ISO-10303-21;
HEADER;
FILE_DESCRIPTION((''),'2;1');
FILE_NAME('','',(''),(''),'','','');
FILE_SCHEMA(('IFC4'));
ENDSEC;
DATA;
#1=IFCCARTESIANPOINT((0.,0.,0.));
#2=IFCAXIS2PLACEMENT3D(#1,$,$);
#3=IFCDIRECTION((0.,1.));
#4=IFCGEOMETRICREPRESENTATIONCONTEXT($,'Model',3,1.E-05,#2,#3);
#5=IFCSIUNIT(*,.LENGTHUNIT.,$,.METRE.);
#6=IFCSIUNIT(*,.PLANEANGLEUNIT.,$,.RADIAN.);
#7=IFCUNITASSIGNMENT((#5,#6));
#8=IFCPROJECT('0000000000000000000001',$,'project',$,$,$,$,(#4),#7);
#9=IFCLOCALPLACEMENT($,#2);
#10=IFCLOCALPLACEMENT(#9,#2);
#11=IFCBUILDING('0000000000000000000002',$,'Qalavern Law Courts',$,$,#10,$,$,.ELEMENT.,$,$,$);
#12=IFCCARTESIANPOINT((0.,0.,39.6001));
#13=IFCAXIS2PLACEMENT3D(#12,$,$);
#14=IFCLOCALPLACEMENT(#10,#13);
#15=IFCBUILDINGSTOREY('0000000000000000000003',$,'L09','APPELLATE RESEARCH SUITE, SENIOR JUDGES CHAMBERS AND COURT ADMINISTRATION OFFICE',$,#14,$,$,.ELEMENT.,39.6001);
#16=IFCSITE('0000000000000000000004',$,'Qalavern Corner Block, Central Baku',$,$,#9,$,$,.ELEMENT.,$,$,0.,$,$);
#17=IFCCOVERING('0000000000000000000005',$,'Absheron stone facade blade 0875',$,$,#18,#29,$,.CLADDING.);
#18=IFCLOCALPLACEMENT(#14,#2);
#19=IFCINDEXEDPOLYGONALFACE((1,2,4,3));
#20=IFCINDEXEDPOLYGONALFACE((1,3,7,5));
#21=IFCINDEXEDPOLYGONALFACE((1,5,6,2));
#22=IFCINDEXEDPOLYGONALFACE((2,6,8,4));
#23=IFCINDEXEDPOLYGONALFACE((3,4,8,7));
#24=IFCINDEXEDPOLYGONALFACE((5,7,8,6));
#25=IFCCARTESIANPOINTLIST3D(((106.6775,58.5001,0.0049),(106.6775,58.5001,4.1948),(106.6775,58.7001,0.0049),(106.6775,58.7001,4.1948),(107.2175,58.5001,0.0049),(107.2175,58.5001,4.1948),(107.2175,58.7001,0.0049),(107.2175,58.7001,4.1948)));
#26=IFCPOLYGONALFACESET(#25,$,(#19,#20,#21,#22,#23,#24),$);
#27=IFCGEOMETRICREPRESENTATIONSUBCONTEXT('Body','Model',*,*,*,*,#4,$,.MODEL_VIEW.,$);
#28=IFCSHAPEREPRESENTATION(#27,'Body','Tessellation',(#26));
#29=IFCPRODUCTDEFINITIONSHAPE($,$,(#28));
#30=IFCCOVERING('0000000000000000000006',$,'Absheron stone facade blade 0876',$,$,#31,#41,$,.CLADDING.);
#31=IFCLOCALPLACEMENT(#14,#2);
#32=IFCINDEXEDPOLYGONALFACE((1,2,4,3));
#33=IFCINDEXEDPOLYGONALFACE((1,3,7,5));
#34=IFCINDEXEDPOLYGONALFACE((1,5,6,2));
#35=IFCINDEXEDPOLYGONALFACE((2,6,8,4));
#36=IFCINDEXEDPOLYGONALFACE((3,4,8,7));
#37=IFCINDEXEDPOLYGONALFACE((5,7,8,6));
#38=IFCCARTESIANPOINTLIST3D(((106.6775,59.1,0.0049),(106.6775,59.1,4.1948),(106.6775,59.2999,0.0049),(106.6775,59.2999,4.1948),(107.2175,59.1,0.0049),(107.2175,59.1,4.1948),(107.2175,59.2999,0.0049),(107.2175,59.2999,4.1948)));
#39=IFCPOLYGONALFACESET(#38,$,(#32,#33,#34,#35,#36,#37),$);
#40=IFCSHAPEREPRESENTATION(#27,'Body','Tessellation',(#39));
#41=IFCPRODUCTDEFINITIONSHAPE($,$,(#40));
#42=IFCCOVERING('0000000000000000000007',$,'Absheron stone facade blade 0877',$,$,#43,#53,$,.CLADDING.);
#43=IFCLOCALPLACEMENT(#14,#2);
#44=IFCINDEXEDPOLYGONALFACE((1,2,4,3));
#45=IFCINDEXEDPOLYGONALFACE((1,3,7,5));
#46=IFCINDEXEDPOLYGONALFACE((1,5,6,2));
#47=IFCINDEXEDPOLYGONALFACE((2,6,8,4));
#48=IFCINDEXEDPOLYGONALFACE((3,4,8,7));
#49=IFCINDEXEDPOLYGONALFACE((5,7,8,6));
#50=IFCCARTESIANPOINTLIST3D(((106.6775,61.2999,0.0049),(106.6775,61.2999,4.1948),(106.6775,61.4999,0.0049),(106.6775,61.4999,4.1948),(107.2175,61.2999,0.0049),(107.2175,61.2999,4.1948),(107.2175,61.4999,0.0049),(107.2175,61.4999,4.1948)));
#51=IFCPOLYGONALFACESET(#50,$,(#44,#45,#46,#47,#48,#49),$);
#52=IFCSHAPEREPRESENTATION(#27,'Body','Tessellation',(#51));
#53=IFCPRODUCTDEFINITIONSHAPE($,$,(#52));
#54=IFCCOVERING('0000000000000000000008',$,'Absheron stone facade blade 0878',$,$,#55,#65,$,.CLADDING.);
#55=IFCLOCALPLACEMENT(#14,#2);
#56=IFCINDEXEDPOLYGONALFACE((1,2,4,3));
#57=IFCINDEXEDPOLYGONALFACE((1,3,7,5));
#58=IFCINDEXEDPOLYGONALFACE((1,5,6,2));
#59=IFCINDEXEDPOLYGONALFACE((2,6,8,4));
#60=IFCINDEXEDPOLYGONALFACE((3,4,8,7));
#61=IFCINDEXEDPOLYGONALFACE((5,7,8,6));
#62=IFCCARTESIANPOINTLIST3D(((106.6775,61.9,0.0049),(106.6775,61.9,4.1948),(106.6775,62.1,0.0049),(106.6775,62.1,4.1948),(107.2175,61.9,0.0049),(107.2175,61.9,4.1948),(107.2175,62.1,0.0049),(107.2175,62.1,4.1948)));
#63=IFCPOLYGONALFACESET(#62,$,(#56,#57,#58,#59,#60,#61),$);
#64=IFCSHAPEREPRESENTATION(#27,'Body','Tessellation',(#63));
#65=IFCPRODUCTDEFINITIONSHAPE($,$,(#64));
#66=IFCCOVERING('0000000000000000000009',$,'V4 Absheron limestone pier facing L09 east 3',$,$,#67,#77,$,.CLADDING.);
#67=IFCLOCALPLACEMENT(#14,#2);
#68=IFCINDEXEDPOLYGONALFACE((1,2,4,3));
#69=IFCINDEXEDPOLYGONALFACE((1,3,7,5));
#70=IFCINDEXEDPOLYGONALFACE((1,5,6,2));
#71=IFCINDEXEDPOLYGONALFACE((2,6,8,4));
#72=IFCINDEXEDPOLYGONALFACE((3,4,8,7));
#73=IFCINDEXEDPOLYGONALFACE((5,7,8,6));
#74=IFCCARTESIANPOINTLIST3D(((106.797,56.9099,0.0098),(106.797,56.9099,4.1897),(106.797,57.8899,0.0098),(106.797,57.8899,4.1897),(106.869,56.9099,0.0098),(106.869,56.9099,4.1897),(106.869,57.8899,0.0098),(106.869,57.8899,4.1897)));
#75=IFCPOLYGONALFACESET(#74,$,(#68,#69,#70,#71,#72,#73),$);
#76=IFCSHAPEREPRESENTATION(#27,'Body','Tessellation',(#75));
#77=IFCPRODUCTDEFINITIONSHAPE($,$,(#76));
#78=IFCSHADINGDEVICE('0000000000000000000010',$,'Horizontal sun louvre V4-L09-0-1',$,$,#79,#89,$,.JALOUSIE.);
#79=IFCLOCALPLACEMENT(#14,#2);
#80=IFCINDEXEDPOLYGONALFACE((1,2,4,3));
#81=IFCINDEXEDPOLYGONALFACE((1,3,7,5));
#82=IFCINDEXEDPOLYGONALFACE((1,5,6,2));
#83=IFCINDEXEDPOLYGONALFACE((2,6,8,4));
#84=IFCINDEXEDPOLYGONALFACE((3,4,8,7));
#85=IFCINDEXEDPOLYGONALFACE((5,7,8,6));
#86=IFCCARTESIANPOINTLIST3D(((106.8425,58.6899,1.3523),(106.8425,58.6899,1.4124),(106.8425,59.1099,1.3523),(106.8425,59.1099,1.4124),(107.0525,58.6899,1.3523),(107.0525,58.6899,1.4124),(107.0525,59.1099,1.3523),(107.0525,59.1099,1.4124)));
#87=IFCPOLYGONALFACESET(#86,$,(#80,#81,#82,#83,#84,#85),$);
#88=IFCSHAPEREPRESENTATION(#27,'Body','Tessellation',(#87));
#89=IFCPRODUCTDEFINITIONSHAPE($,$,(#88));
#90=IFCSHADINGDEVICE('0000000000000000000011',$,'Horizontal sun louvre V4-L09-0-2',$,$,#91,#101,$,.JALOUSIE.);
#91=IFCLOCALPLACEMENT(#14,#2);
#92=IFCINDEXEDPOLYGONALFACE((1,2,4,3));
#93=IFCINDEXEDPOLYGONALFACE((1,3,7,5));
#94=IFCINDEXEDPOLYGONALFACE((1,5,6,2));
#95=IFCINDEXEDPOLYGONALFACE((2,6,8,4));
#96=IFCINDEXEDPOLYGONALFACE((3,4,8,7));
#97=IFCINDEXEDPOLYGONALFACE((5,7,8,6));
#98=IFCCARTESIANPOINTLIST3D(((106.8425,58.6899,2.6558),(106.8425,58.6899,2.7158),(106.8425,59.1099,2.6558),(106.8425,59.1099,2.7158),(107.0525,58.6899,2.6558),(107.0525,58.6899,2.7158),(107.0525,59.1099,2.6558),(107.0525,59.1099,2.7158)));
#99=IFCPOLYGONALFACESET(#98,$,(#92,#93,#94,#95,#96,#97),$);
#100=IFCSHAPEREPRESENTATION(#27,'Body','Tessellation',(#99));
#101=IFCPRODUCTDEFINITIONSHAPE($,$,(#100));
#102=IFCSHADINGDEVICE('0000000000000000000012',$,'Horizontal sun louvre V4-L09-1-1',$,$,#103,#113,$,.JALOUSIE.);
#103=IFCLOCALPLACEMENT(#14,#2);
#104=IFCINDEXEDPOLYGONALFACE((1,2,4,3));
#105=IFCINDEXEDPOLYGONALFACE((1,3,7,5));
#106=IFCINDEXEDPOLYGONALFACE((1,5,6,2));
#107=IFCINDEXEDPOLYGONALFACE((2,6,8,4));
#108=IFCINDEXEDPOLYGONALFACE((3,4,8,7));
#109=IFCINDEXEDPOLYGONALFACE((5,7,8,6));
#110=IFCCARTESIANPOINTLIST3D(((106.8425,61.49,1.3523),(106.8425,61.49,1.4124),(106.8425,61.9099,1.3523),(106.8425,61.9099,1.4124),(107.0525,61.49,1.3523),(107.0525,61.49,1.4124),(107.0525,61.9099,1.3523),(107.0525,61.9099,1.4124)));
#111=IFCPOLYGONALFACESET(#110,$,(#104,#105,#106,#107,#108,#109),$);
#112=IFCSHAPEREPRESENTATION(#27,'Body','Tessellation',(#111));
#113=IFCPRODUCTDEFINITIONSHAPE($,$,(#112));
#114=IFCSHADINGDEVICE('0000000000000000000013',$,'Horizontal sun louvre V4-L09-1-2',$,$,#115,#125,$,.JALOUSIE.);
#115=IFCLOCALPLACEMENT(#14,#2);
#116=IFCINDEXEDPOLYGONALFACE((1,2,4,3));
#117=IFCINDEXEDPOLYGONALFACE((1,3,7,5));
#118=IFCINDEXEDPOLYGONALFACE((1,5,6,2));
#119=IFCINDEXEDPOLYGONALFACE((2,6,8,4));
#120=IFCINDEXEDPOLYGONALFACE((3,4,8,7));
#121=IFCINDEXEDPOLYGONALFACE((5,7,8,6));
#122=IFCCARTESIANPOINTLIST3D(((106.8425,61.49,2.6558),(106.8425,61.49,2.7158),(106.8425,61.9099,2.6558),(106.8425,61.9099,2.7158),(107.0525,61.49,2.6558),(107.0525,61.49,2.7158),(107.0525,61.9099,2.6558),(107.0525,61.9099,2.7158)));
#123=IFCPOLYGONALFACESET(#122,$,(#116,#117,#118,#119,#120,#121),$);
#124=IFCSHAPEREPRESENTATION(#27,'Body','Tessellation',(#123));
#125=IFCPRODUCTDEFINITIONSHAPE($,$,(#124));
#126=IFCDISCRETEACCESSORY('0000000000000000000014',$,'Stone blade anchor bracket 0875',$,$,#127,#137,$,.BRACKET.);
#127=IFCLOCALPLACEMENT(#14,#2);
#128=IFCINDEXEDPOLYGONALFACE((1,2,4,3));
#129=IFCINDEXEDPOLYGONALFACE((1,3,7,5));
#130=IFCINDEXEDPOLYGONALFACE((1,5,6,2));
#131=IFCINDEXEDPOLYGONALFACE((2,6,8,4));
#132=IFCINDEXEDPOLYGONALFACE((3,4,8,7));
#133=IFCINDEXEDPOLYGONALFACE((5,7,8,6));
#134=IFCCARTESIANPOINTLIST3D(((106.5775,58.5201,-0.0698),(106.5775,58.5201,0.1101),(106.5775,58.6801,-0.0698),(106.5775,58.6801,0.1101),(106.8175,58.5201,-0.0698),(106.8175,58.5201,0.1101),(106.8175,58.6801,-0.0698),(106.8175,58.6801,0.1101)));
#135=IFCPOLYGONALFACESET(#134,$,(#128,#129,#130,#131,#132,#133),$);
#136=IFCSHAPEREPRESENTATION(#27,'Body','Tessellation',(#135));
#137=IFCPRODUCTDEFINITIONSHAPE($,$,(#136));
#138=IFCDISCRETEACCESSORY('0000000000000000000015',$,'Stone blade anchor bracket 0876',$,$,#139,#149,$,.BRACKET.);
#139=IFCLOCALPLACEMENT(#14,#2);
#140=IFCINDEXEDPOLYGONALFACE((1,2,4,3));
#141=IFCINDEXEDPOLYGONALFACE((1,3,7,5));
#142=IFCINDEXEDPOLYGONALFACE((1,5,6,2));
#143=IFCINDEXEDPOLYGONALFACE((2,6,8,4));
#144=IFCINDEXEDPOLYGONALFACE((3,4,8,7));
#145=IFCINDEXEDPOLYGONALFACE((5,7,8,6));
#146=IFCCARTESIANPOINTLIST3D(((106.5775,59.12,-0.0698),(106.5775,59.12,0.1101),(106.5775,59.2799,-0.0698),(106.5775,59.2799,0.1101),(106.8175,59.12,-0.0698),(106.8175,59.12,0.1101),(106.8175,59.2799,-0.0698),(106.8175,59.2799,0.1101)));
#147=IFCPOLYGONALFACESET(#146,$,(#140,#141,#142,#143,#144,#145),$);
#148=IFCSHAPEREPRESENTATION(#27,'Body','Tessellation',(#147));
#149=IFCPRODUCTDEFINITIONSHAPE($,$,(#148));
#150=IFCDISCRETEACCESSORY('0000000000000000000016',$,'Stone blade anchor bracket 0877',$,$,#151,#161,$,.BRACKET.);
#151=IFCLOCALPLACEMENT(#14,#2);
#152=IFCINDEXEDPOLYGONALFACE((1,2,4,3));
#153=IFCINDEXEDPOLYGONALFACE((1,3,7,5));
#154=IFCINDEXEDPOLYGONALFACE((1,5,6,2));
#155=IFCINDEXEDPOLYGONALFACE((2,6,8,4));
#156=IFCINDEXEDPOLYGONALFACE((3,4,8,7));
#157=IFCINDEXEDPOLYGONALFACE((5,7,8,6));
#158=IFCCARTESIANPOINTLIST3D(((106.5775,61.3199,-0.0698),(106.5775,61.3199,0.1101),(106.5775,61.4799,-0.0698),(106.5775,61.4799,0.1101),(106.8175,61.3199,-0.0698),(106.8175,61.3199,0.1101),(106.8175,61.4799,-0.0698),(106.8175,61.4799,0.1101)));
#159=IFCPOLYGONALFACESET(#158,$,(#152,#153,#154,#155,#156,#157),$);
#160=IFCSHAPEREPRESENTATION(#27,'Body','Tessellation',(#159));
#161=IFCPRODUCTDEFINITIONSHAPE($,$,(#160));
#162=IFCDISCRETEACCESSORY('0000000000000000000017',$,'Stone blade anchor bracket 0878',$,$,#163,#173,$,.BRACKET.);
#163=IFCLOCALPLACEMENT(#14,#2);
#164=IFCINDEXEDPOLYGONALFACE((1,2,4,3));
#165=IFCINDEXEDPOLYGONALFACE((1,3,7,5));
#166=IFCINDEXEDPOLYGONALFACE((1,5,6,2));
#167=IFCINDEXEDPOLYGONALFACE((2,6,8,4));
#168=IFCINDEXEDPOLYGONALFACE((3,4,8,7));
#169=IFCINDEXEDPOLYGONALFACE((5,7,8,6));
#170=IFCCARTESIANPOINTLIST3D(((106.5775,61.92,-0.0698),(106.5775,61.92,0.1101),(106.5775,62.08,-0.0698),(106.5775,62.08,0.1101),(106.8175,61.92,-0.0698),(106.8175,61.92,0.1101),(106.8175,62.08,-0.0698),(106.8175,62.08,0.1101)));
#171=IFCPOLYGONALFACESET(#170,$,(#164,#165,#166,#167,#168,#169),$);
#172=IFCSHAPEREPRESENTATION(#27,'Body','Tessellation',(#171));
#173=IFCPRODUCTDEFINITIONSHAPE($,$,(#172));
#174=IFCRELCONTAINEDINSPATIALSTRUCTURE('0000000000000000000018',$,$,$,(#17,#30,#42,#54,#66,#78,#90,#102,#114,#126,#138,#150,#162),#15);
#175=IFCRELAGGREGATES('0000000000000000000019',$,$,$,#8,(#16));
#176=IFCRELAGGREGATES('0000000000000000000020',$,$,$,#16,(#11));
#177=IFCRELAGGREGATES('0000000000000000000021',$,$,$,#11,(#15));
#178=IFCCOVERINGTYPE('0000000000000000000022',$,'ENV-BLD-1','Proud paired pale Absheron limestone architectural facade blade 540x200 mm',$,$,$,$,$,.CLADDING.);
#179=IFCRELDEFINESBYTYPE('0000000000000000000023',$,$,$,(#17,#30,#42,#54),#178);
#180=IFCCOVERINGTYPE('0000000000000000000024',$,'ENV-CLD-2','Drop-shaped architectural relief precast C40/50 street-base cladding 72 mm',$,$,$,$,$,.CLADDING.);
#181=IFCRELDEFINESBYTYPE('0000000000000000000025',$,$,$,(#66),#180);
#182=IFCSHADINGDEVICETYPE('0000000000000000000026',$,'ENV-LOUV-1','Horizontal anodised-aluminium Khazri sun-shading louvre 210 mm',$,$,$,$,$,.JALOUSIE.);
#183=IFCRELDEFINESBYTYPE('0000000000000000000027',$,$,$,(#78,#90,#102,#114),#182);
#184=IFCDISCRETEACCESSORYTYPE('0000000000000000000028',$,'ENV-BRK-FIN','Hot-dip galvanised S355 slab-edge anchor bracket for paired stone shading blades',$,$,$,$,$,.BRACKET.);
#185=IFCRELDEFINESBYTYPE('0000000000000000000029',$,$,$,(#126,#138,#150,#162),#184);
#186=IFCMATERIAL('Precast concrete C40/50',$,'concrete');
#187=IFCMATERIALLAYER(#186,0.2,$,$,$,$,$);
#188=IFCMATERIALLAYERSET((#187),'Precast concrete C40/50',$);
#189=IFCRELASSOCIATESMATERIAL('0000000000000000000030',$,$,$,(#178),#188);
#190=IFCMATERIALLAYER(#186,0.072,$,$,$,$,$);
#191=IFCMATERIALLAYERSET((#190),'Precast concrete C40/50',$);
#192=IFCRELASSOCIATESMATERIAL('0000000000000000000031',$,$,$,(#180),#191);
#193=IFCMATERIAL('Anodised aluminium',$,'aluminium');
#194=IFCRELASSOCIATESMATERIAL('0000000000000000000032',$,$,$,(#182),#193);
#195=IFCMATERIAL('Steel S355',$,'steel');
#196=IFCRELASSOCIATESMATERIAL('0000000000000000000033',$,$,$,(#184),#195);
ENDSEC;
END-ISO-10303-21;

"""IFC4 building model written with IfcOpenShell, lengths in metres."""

from ifc_helpers import new_model, si_unit, direction, frame, origin, origin_2d, place, context, subcontext, project, spatial, rectangle, extrude, material, layer, layer_set, type_object, element, save


model = new_model("IFC4")

# Units and contexts
model_context = context("Model", 3, precision=1e-05, world=origin(), true_north=direction((0.0, 1.0)))
body_context = subcontext(model_context, "Body", "Model", "MODEL_VIEW")
ifc_project = project(units=[si_unit("LENGTHUNIT", "METRE"), si_unit("PLANEANGLEUNIT", "RADIAN")], contexts=[model_context])

# Site, building, storey
site_placement = place(None, origin())
site = spatial("IfcSite", under=ifc_project, at=site_placement, Name="Qalavern Corner Block, Central Baku", CompositionType="ELEMENT", RefElevation=0.0)
building_placement = place(site_placement, origin())
building = spatial("IfcBuilding", under=site, at=building_placement, Name="Qalavern Law Courts", CompositionType="ELEMENT")
storey_placement = place(building_placement, frame((0.0, 0.0, 39.6001)))
storey = spatial("IfcBuildingStorey", under=building, at=storey_placement, Name="L09", Description="APPELLATE RESEARCH SUITE, SENIOR JUDGES CHAMBERS AND COURT ADMINISTRATION OFFICE", CompositionType="ELEMENT", Elevation=39.6001)

# Shared definitions
ifc_material_1 = material(Name="Anodised aluminium", Category="aluminium")

# Coverings
ifc_material_2 = material(Name="Precast concrete C40/50", Category="concrete")
ifc_layer_1 = layer(ifc_material_2, 0.2)
ifc_layer_set_1 = layer_set([ifc_layer_1], Name="Precast concrete C40/50")
covering_type_1 = type_object("IfcCoveringType", Name="ENV-BLD-1", Description="Proud paired pale Absheron limestone architectural facade blade 540x200 mm", PredefinedType="CLADDING", material=ifc_layer_set_1)
for number, where, z_axis, x_axis, name in (
    (1, (106.9475, 58.6001, 0.0049), (0.0, 0.0, 1.0), (1.0, 0.0, 0.0), "Absheron stone facade blade 0875"),
    (2, (106.9475, 59.2, 0.0049), (0.0, 0.0, 1.0), (1.0, 0.0, 0.0), "Absheron stone facade blade 0876"),
    (3, (106.9475, 61.3999, 0.0049), (0.0, 0.0, 1.0), (1.0, 0.0, 0.0), "Absheron stone facade blade 0877"),
    (4, (106.9475, 62.0, 0.0049), (0.0, 0.0, 1.0), (1.0, 0.0, 0.0), "Absheron stone facade blade 0878"),
):
    element("IfcCovering", number, at=place(storey_placement, frame(where, z_axis=z_axis, x_axis=x_axis)), inside=storey, type_object=covering_type_1, Name=name, PredefinedType="CLADDING", context=body_context, shape_type="SweptSolid", body=[
        extrude(rectangle(XDim=0.54, YDim=0.2, at=origin_2d()), origin(), (0.0, 0.0, 1.0), 4.1899),
    ])
ifc_layer_2 = layer(ifc_material_2, 0.072)
ifc_layer_set_2 = layer_set([ifc_layer_2], Name="Precast concrete C40/50")
covering_type_2 = type_object("IfcCoveringType", Name="ENV-CLD-2", Description="Drop-shaped architectural relief precast C40/50 street-base cladding 72 mm", PredefinedType="CLADDING", material=ifc_layer_set_2)
covering_placement = place(storey_placement, frame((106.833, 57.3999, 0.0098), z_axis=(0.0, 0.0, 1.0), x_axis=(0.0, 1.0, 0.0)))
element("IfcCovering", 5, at=covering_placement, inside=storey, type_object=covering_type_2, Name="V4 Absheron limestone pier facing L09 east 3", PredefinedType="CLADDING", context=body_context, shape_type="SweptSolid", body=[
    extrude(rectangle(XDim=0.98, YDim=0.072, at=origin_2d()), origin(), (0.0, 0.0, 1.0), 4.1799),
])

# Shading devices
shading_device_type = type_object("IfcShadingDeviceType", Name="ENV-LOUV-1", Description="Horizontal anodised-aluminium Khazri sun-shading louvre 210 mm", PredefinedType="JALOUSIE", material=ifc_material_1)
for number, where, z_axis, x_axis, name in (
    (6, (106.9475, 58.8999, 1.3523), (0.0, 0.0, 1.0), (0.0, 1.0, 0.0), "Horizontal sun louvre V4-L09-0-1"),
    (7, (106.9475, 58.8999, 2.6558), (0.0, 0.0, 1.0), (0.0, 1.0, 0.0), "Horizontal sun louvre V4-L09-0-2"),
    (8, (106.9475, 61.7, 1.3523), (0.0, 0.0, 1.0), (0.0, 1.0, 0.0), "Horizontal sun louvre V4-L09-1-1"),
    (9, (106.9475, 61.7, 2.6558), (0.0, 0.0, 1.0), (0.0, 1.0, 0.0), "Horizontal sun louvre V4-L09-1-2"),
):
    element("IfcShadingDevice", number, at=place(storey_placement, frame(where, z_axis=z_axis, x_axis=x_axis)), inside=storey, type_object=shading_device_type, Name=name, PredefinedType="JALOUSIE", context=body_context, shape_type="SweptSolid", body=[
        extrude(rectangle(XDim=0.4199, YDim=0.21, at=origin_2d()), origin(), (0.0, 0.0, 1.0), 0.0601),
    ])

# Discrete accessories
ifc_material_3 = material(Name="Steel S355", Category="steel")
discrete_accessory_type = type_object("IfcDiscreteAccessoryType", Name="ENV-BRK-FIN", Description="Hot-dip galvanised S355 slab-edge anchor bracket for paired stone shading blades", PredefinedType="BRACKET", material=ifc_material_3)
for number, where, z_axis, x_axis, name in (
    (10, (106.6975, 58.6001, -0.0698), (0.0, 0.0, 1.0), (1.0, 0.0, 0.0), "Stone blade anchor bracket 0875"),
    (11, (106.6975, 59.2, -0.0698), (0.0, 0.0, 1.0), (1.0, 0.0, 0.0), "Stone blade anchor bracket 0876"),
    (12, (106.6975, 61.3999, -0.0698), (0.0, 0.0, 1.0), (1.0, 0.0, 0.0), "Stone blade anchor bracket 0877"),
    (13, (106.6975, 62.0, -0.0698), (0.0, 0.0, 1.0), (1.0, 0.0, 0.0), "Stone blade anchor bracket 0878"),
):
    element("IfcDiscreteAccessory", number, at=place(storey_placement, frame(where, z_axis=z_axis, x_axis=x_axis)), inside=storey, type_object=discrete_accessory_type, Name=name, PredefinedType="BRACKET", context=body_context, shape_type="SweptSolid", body=[
        extrude(rectangle(XDim=0.24, YDim=0.1599, at=origin_2d()), origin(), (0.0, 0.0, 1.0), 0.1799),
    ])

save(model, "model.ifc")
